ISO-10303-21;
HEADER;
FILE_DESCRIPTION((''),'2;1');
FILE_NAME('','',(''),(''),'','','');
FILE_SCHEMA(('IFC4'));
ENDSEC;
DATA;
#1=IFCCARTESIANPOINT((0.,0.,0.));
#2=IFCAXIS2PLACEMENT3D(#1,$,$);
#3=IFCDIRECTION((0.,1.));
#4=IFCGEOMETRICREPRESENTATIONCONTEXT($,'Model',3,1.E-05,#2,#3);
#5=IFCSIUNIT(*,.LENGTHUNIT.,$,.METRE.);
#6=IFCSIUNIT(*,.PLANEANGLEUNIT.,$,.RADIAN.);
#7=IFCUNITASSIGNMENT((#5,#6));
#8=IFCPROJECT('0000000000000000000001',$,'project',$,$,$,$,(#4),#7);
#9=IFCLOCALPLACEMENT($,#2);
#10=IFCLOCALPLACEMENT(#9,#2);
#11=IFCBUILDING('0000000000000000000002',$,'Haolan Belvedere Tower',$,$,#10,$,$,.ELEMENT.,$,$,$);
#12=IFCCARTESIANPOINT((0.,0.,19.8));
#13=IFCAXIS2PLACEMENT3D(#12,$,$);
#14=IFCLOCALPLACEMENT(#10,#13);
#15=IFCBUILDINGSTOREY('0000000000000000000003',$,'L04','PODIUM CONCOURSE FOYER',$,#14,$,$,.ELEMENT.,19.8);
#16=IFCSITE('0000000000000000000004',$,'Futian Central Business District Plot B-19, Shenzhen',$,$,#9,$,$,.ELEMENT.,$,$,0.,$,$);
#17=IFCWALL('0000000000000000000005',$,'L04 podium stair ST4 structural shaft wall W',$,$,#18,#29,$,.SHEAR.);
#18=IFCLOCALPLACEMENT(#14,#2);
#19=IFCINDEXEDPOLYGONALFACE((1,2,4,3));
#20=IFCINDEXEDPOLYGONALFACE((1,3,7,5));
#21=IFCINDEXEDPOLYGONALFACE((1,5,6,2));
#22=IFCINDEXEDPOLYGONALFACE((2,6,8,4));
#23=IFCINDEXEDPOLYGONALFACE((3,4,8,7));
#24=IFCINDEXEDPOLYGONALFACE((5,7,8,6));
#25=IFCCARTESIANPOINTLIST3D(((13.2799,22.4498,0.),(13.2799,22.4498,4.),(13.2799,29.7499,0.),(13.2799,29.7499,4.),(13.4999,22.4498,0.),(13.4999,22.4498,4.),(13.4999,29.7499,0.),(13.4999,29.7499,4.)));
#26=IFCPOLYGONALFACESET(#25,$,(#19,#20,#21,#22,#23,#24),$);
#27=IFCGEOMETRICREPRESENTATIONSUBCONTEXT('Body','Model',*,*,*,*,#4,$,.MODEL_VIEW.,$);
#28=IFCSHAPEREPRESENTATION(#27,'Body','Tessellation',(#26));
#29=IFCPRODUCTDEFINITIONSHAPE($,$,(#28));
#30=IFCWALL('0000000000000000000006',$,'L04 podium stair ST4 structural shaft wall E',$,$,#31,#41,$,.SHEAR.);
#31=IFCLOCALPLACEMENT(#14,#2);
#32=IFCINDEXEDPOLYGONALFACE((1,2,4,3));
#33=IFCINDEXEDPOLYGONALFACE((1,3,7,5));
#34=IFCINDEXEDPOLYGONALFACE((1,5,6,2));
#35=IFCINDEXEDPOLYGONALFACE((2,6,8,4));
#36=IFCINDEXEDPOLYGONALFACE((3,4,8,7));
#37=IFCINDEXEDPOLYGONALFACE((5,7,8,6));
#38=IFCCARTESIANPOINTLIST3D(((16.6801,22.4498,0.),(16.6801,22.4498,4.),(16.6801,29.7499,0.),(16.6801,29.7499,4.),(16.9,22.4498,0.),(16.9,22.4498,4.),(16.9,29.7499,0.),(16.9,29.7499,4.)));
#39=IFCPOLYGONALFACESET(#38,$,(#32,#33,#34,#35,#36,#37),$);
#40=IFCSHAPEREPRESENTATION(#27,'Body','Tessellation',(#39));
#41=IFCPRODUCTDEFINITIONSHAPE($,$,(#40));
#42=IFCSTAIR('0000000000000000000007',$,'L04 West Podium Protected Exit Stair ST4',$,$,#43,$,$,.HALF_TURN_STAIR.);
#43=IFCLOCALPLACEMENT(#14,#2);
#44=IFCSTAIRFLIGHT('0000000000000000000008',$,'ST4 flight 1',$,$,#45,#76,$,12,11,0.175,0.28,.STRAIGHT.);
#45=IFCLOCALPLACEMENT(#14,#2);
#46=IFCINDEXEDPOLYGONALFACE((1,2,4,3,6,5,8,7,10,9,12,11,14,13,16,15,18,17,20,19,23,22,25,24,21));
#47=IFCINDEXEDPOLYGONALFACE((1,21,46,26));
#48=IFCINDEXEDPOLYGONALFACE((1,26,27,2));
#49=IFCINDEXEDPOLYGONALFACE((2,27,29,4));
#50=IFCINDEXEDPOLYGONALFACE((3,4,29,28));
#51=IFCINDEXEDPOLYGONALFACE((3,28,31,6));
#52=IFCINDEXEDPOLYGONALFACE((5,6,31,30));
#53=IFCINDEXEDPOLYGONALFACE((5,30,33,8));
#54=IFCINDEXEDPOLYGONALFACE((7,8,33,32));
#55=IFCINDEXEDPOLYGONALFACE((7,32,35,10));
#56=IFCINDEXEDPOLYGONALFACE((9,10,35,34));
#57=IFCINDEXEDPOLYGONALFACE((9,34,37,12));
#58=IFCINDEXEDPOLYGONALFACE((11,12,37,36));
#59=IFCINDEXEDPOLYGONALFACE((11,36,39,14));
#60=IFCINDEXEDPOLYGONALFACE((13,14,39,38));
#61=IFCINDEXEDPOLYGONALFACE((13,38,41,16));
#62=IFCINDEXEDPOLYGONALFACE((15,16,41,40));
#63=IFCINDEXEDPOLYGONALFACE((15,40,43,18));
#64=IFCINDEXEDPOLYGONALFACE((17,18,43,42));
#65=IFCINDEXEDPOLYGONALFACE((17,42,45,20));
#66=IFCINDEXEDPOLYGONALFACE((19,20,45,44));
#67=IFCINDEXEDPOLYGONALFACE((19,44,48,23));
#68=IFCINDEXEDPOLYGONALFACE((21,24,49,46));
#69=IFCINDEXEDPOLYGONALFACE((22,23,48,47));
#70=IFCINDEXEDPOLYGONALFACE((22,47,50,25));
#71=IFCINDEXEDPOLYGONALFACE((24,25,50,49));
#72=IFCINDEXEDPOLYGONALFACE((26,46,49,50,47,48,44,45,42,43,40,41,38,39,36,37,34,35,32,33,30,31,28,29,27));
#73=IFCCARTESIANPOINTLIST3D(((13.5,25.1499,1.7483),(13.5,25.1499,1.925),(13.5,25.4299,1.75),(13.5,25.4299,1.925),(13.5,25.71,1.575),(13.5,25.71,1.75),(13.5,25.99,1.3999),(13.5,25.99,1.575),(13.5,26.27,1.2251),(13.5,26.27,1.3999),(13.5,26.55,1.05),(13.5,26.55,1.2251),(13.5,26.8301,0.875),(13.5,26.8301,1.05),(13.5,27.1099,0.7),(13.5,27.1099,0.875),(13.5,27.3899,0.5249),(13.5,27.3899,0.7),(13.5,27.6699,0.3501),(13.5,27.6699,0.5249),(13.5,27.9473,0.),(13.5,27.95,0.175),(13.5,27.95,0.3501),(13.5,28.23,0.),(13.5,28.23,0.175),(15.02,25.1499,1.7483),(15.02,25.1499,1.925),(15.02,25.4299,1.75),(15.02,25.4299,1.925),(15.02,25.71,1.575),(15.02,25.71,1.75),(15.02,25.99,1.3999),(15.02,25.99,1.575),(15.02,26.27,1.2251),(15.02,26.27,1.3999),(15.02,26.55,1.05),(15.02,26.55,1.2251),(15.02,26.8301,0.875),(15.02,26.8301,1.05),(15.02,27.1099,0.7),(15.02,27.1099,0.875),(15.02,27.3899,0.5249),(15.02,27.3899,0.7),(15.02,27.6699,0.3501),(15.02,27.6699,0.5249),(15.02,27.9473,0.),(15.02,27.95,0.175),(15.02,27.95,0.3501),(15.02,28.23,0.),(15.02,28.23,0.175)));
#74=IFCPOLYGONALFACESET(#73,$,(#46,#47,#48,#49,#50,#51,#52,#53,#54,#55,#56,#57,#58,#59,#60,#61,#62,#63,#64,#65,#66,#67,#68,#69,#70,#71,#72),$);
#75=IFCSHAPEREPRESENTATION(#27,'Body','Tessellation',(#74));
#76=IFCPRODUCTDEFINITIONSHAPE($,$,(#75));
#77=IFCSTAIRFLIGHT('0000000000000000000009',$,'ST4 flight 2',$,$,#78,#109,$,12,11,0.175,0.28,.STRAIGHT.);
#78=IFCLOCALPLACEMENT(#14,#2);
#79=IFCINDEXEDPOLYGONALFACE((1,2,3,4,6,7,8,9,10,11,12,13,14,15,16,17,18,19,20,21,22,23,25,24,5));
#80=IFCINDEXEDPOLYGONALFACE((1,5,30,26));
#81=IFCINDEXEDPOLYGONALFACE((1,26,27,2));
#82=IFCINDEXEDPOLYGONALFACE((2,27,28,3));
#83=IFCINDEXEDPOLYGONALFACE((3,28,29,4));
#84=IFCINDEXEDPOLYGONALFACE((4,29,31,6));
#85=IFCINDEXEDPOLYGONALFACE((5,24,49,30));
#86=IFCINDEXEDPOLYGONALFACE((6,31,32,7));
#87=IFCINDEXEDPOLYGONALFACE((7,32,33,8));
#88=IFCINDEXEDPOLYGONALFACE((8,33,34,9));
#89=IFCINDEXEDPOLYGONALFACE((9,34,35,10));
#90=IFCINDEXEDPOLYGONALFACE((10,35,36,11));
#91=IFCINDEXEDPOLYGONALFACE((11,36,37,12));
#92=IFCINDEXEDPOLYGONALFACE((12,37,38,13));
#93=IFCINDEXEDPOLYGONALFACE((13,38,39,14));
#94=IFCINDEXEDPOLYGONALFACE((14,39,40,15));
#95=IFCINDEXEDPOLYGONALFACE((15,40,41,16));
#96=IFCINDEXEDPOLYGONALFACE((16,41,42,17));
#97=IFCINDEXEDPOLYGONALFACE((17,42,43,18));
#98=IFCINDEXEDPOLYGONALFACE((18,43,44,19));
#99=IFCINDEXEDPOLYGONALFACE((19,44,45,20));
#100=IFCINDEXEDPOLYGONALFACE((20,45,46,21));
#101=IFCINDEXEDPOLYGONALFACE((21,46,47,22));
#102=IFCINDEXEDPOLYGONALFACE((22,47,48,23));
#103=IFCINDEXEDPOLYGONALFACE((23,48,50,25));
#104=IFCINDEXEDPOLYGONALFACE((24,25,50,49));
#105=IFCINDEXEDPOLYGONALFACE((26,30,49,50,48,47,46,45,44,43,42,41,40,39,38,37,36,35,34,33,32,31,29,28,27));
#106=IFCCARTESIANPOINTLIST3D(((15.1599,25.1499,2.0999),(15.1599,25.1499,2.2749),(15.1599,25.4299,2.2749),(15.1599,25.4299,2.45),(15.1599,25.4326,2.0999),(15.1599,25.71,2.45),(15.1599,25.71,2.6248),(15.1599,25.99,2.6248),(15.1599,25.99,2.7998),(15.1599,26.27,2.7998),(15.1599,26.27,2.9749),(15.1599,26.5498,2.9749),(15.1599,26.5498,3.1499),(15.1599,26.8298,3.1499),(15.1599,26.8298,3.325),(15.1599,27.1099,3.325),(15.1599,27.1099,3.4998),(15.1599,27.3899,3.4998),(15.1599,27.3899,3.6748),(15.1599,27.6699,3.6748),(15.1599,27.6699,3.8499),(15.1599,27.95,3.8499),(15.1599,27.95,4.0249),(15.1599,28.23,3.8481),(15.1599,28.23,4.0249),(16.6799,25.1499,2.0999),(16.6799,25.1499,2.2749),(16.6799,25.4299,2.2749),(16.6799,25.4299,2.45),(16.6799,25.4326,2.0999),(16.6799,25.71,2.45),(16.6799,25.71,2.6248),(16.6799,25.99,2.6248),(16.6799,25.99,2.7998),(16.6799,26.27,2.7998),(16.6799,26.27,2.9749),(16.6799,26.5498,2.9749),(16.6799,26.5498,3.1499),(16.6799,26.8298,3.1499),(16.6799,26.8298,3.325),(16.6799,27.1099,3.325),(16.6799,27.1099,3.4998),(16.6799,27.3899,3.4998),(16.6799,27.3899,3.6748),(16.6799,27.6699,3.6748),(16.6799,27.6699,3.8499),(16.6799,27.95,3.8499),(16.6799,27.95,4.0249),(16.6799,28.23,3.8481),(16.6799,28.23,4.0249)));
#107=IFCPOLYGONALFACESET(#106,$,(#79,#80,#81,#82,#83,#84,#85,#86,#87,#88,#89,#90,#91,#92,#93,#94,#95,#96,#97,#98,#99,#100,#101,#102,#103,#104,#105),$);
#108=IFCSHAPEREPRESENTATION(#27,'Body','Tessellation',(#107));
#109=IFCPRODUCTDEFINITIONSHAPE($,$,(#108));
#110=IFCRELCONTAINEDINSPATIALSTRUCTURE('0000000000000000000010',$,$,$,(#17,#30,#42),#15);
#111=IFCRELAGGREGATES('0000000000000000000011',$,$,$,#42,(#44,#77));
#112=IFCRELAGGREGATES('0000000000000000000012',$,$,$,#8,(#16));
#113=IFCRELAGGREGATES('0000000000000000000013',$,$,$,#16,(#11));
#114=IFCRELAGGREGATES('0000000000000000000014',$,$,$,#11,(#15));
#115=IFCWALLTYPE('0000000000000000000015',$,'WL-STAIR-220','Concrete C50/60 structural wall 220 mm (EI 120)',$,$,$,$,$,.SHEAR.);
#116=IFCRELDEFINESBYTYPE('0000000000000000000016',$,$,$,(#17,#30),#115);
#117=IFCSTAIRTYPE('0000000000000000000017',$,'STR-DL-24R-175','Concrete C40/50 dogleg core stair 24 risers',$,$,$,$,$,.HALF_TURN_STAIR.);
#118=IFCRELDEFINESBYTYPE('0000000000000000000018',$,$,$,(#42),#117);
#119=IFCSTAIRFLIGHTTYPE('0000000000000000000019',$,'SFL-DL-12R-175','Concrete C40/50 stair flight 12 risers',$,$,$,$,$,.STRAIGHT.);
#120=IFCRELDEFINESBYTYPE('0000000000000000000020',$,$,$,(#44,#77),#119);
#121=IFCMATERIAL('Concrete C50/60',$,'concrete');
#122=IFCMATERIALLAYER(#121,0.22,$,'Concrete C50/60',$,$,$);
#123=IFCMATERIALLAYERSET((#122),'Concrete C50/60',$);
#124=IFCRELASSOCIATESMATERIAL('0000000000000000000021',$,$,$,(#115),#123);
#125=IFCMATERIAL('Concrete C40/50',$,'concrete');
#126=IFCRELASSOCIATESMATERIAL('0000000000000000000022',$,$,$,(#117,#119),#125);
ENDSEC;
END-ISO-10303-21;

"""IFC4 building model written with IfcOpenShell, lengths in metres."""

from ifc_helpers import new_model, si_unit, direction, frame, frame_2d, origin, place, context, subcontext, project, spatial, polyline, rectangle, outline, extrude, material, layer, layer_set, type_object, element, aggregate, save


model = new_model("IFC4")

# Units and contexts
model_context = context("Model", 3, precision=1e-05, world=origin(), true_north=direction((0.0, 1.0)))
body_context = subcontext(model_context, "Body", "Model", "MODEL_VIEW")
ifc_project = project(units=[si_unit("LENGTHUNIT", "METRE"), si_unit("PLANEANGLEUNIT", "RADIAN")], contexts=[model_context])

# Site, building, storey
site_placement = place(None, origin())
site = spatial("IfcSite", under=ifc_project, at=site_placement, Name="Futian Central Business District Plot B-19, Shenzhen", CompositionType="ELEMENT", RefElevation=0.0)
building_placement = place(site_placement, origin())
building = spatial("IfcBuilding", under=site, at=building_placement, Name="Haolan Belvedere Tower", CompositionType="ELEMENT")
storey_placement = place(building_placement, frame((0.0, 0.0, 19.8)))
storey = spatial("IfcBuildingStorey", under=building, at=storey_placement, Name="L04", Description="PODIUM CONCOURSE FOYER", CompositionType="ELEMENT", Elevation=19.8)

# Shared definitions
ifc_material_1 = material(Name="Concrete C50/60", Category="concrete")

# Walls
ifc_layer_1 = layer(ifc_material_1, 0.22, Name="Concrete C50/60")
ifc_layer_set_1 = layer_set([ifc_layer_1], Name="Concrete C50/60")
wall_type_1 = type_object("IfcWallType", Name="WL-STAIR-220", Description="Concrete C50/60 structural wall 220 mm (EI 120)", PredefinedType="SHEAR", material=ifc_layer_set_1)
for number, where, z_axis, x_axis, name in (
    (1, (13.3899, 22.45, 0.0), (0.0, 0.0, 1.0), (0.0, 1.0, 0.0), "L04 podium stair ST4 structural shaft wall W"),
    (2, (16.79, 22.45, 0.0), (0.0, 0.0, 1.0), (0.0, 1.0, 0.0), "L04 podium stair ST4 structural shaft wall E"),
):
    element("IfcWall", number, at=place(storey_placement, frame(where, z_axis=z_axis, x_axis=x_axis)), inside=storey, type_object=wall_type_1, Name=name, PredefinedType="SHEAR", context=body_context, shape_type="SweptSolid", body=[
        extrude(rectangle(XDim=7.3, YDim=0.22, at=frame_2d((3.6499, 0.0))), origin(), (0.0, 0.0, 1.0), 4.0),
    ])

# Stair, stair flights
ifc_material_2 = material(Name="Concrete C40/50", Category="concrete")
stair_type = type_object("IfcStairType", Name="STR-DL-24R-175", Description="Concrete C40/50 dogleg core stair 24 risers", PredefinedType="HALF_TURN_STAIR", material=ifc_material_2)
stair_placement = place(storey_placement, origin())
stair = element("IfcStair", 3, at=stair_placement, inside=storey, type_object=stair_type, Name="L04 West Podium Protected Exit Stair ST4", PredefinedType="HALF_TURN_STAIR")
stair_flight_type = type_object("IfcStairFlightType", Name="SFL-DL-12R-175", Description="Concrete C40/50 stair flight 12 risers", PredefinedType="STRAIGHT", material=ifc_material_2)
stair_flight_1_placement = place(storey_placement, frame((14.26, 28.23, 0.0), z_axis=(0.0, 0.0, 1.0), x_axis=(0.0, -1.0, 0.0)))
stair_flight_1 = element("IfcStairFlight", 4, at=stair_flight_1_placement, type_object=stair_flight_type, Name="ST4 flight 1", NumberOfRisers=12, NumberOfTreads=11, PredefinedType="STRAIGHT", RiserHeight=0.175, TreadLength=0.28, context=body_context, shape_type="SweptSolid", body=[
    extrude(outline(polyline([(0.0, 0.0), (0.0, 0.175), (0.28, 0.175), (0.28, 0.3501), (0.5601, 0.3501), (0.5601, 0.5249), (0.8401, 0.5249), (0.8401, 0.7), (1.1201, 0.7), (1.1201, 0.875), (1.3999, 0.875), (1.3999, 1.05), (1.6799, 1.05), (1.6799, 1.2251), (1.96, 1.2251), (1.96, 1.3999), (2.24, 1.3999), (2.24, 1.575), (2.52, 1.575), (2.52, 1.75), (2.8, 1.75), (2.8, 1.925), (3.0801, 1.925), (3.0801, 2.1001), (3.0801, 1.7483), (0.2827, 0.0), (0.0, 0.0)])), frame((0.0, 0.76, 0.0), z_axis=(0.0, -1.0, 0.0), x_axis=(1.0, 0.0, 0.0)), (0.0, 0.0, 1.0), 1.52),
])
stair_flight_2_placement = place(storey_placement, frame((15.9199, 25.1499, 2.0999), z_axis=(0.0, 0.0, 1.0), x_axis=(0.0, 1.0, 0.0)))
stair_flight_2 = element("IfcStairFlight", 5, at=stair_flight_2_placement, type_object=stair_flight_type, Name="ST4 flight 2", NumberOfRisers=12, NumberOfTreads=11, PredefinedType="STRAIGHT", RiserHeight=0.175, TreadLength=0.28, context=body_context, shape_type="SweptSolid", body=[
    extrude(outline(polyline([(0.0, 0.0), (0.0, 0.175), (0.28, 0.175), (0.28, 0.3501), (0.5601, 0.3501), (0.5601, 0.5249), (0.8401, 0.5249), (0.8401, 0.7), (1.1201, 0.7), (1.1201, 0.875), (1.3999, 0.875), (1.3999, 1.05), (1.6799, 1.05), (1.6799, 1.2251), (1.96, 1.2251), (1.96, 1.3999), (2.24, 1.3999), (2.24, 1.575), (2.52, 1.575), (2.52, 1.75), (2.8, 1.75), (2.8, 1.925), (3.0801, 1.925), (3.0801, 2.1001), (3.0801, 1.7483), (0.2827, 0.0), (0.0, 0.0)])), frame((0.0, 0.76, 0.0), z_axis=(0.0, -1.0, 0.0), x_axis=(1.0, 0.0, 0.0)), (0.0, 0.0, 1.0), 1.52),
])
aggregate(stair, [stair_flight_1, stair_flight_2])

save(model, "model.ifc")
